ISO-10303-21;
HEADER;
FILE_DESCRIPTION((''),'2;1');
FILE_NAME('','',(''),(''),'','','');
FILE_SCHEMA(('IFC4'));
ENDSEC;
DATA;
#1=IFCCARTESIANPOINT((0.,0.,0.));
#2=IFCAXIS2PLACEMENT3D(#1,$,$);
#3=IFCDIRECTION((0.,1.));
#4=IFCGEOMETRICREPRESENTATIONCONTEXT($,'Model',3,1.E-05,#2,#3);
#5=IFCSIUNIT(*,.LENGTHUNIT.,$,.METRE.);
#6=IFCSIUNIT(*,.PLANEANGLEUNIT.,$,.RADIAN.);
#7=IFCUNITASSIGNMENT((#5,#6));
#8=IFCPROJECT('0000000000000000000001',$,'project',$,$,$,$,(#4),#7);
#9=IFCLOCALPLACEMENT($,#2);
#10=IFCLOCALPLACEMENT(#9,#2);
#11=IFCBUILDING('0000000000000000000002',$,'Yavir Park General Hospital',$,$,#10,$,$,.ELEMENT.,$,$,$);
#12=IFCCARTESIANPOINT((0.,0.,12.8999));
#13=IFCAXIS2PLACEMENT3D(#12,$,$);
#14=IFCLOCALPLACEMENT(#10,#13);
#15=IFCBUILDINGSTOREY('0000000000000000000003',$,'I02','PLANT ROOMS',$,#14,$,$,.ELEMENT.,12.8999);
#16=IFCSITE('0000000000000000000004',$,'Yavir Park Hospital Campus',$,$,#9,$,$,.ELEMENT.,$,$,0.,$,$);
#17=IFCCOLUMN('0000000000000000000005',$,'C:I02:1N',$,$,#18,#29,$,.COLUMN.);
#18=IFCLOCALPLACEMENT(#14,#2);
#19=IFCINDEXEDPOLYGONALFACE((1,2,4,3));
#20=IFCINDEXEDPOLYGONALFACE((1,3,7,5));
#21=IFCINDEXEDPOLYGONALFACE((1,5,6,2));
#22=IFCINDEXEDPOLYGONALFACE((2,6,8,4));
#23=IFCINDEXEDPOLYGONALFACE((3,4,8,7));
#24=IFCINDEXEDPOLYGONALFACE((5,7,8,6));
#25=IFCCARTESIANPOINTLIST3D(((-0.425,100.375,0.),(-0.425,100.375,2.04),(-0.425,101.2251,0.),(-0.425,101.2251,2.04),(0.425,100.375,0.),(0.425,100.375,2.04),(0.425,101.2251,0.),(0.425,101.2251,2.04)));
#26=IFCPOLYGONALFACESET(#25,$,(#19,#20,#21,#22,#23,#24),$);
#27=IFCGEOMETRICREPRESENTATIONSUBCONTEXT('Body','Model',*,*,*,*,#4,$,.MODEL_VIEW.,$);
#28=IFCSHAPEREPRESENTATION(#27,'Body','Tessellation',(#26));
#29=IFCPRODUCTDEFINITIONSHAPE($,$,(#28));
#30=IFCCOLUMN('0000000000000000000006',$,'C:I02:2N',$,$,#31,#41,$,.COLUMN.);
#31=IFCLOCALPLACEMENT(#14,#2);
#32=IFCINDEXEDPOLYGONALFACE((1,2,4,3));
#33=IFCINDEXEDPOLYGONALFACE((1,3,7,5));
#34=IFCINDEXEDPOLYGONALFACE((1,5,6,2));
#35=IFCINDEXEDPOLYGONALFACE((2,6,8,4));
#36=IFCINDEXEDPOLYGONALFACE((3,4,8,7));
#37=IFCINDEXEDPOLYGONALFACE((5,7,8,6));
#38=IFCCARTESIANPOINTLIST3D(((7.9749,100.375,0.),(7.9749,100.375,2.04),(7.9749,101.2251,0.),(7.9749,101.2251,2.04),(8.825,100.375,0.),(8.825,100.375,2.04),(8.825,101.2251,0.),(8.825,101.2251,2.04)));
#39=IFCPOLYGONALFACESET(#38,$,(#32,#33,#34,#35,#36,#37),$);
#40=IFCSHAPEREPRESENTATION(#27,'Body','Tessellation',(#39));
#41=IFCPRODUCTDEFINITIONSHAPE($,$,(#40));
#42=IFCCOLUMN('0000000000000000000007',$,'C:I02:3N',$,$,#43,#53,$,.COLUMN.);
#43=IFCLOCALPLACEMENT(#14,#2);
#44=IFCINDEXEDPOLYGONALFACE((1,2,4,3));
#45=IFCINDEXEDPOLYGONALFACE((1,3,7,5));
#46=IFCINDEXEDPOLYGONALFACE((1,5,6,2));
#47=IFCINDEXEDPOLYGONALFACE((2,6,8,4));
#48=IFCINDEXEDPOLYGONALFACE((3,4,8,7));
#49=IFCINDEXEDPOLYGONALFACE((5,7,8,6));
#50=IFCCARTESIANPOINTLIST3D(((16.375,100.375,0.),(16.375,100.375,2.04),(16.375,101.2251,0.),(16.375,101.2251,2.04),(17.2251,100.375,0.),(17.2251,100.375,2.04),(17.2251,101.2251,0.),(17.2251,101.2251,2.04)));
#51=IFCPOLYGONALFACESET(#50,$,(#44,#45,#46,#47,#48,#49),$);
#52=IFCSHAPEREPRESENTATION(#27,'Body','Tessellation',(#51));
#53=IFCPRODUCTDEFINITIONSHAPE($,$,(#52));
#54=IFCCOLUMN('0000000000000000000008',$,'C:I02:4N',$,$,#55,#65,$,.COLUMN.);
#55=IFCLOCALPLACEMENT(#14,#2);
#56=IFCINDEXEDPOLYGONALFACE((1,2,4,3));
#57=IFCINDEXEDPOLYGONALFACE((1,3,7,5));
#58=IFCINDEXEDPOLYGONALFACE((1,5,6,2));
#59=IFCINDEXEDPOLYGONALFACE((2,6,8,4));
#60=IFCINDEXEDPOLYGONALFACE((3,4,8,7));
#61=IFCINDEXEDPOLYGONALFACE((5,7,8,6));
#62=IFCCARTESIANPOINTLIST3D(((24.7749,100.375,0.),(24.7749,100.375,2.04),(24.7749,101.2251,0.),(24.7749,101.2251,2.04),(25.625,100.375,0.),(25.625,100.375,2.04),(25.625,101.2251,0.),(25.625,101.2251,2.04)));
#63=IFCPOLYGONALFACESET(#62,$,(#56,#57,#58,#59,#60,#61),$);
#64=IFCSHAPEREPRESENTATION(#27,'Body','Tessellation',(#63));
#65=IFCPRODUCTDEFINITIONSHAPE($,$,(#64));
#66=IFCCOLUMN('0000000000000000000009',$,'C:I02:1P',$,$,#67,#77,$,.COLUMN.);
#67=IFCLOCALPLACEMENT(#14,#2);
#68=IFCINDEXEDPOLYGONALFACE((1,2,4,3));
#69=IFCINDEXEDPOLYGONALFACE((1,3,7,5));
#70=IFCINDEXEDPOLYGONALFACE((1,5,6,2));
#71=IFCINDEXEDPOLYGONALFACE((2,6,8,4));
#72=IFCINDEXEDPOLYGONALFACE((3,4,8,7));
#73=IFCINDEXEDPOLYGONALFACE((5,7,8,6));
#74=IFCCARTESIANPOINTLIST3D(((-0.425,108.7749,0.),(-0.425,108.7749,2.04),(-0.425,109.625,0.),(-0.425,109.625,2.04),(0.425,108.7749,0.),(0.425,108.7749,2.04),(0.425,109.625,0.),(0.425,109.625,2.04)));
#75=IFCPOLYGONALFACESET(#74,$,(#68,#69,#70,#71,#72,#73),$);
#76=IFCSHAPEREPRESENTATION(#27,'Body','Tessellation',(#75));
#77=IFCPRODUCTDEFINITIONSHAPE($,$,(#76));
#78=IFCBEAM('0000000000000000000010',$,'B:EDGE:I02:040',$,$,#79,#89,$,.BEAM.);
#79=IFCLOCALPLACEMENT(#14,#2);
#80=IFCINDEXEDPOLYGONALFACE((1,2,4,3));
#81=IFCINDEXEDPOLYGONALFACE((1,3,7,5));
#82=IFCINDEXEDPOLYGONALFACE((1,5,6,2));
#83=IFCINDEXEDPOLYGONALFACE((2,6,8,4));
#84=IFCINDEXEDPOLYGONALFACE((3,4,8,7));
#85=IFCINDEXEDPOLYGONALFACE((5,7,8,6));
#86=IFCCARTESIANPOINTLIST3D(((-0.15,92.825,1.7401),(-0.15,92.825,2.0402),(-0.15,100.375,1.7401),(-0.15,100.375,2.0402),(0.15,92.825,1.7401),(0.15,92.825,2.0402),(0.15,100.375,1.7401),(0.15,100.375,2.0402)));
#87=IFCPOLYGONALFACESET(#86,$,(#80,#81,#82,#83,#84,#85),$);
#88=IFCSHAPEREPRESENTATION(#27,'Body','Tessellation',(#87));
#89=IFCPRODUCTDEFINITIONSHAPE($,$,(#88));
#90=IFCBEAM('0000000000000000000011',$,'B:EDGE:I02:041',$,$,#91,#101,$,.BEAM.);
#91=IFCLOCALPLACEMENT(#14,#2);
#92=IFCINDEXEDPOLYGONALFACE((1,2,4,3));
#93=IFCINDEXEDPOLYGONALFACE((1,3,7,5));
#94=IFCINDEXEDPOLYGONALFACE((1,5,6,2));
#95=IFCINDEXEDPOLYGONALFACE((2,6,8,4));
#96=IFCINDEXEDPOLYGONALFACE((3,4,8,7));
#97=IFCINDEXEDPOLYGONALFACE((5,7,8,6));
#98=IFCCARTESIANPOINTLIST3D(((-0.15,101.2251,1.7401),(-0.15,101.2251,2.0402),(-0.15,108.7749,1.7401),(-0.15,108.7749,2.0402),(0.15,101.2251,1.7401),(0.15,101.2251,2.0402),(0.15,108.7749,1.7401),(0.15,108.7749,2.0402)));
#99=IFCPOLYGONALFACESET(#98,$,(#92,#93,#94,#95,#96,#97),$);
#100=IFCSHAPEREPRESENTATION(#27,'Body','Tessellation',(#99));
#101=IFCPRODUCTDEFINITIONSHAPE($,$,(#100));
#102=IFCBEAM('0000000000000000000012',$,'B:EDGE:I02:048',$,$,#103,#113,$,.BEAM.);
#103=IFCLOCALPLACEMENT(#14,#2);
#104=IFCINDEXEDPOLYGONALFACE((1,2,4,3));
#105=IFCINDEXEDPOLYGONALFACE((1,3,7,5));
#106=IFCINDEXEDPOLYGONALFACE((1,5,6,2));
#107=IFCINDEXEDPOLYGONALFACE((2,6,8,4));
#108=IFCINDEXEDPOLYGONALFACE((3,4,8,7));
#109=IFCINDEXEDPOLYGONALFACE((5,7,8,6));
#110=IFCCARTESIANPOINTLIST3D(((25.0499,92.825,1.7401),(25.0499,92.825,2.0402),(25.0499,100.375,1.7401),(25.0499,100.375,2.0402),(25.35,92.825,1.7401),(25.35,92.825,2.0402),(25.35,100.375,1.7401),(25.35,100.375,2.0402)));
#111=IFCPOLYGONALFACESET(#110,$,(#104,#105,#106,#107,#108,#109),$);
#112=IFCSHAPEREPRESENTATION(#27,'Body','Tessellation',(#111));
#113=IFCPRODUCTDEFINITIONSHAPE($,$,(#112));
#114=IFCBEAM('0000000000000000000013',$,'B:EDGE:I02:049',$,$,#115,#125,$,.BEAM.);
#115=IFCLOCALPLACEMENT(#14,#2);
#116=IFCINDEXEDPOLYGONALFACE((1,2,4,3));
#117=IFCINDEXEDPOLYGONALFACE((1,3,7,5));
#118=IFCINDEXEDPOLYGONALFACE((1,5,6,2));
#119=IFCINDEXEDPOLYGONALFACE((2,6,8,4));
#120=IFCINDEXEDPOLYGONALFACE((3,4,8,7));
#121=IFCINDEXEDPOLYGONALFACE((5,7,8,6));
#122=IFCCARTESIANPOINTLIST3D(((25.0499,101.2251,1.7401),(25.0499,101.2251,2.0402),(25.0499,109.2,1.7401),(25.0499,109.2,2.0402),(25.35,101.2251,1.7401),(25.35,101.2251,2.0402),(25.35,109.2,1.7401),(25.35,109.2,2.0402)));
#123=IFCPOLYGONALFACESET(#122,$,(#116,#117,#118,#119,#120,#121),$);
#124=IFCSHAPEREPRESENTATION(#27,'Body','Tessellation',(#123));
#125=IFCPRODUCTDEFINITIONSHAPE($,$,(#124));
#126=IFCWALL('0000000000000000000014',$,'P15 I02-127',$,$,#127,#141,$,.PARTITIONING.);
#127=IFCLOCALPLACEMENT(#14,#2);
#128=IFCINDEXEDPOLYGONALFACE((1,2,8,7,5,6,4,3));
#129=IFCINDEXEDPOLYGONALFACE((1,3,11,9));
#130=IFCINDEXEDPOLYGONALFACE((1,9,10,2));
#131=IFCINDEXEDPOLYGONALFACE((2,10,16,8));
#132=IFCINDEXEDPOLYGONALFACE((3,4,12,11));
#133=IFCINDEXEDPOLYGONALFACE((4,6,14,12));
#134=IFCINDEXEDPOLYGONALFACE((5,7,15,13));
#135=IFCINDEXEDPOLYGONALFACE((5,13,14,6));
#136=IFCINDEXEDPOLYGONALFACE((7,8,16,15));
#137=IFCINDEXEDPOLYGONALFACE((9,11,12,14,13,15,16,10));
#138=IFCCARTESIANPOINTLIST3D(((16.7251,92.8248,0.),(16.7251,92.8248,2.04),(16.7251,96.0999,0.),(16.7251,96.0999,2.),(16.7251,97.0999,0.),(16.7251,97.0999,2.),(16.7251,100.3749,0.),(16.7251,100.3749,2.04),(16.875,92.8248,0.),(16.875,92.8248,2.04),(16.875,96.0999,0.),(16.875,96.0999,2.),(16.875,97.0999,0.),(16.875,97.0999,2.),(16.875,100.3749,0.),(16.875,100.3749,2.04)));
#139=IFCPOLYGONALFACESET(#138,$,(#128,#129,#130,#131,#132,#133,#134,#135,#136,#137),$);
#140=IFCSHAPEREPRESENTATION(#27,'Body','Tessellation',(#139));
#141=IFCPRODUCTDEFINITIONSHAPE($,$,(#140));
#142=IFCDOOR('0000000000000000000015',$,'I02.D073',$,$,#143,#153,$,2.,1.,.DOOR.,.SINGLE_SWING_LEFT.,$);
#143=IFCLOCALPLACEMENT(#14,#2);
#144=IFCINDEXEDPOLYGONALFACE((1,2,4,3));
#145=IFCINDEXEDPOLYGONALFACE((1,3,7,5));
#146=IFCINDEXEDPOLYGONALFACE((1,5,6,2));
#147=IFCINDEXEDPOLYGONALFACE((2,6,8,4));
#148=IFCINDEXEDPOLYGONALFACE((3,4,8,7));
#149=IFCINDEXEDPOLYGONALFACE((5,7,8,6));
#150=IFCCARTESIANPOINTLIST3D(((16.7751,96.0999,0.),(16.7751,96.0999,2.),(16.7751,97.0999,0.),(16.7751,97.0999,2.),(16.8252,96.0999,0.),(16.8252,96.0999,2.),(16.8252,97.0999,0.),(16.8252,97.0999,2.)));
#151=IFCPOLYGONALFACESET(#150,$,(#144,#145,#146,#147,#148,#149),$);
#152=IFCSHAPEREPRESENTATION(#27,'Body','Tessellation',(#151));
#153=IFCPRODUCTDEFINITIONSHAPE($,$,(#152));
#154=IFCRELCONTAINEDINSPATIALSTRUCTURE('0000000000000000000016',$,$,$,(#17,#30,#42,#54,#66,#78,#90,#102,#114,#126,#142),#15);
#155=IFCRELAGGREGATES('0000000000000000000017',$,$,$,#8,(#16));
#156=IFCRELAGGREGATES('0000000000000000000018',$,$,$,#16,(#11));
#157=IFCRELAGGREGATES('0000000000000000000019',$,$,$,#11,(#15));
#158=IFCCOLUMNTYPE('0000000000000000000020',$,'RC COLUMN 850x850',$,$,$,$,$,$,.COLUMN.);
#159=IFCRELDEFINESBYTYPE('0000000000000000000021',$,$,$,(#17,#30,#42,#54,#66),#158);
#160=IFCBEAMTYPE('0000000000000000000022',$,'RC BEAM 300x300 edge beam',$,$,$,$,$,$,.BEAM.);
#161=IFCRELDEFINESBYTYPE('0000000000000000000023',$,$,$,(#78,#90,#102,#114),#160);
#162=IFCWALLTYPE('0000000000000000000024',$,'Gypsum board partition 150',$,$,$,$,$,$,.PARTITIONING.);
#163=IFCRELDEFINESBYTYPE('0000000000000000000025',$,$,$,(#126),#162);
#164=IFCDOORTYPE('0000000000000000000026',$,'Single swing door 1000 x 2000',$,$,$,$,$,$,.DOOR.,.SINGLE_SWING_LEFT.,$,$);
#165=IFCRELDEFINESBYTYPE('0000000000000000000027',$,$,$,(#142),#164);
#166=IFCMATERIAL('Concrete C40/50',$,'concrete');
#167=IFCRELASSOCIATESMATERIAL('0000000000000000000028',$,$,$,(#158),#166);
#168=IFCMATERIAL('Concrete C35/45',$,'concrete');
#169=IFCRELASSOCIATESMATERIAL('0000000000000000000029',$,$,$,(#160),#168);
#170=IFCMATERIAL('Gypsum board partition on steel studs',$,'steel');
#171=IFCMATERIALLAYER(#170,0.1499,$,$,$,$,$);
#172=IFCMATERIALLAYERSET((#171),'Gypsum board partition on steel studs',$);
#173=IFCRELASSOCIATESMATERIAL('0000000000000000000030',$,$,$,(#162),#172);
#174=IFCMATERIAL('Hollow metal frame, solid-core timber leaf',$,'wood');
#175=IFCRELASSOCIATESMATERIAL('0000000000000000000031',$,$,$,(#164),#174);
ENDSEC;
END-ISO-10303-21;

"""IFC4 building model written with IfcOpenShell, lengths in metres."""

from ifc_helpers import new_model, si_unit, direction, frame, frame_2d, origin, origin_2d, place, context, subcontext, project, spatial, rectangle, extrude, material, layer, layer_set, material_profile, profile_set, type_object, element, fill, save


model = new_model("IFC4")

# Units and contexts
model_context = context("Model", 3, precision=1e-05, world=origin(), true_north=direction((0.0, 1.0)))
body_context = subcontext(model_context, "Body", "Model", "MODEL_VIEW")
ifc_project = project(units=[si_unit("LENGTHUNIT", "METRE"), si_unit("PLANEANGLEUNIT", "RADIAN")], contexts=[model_context])

# Site, building, storey
site_placement = place(None, origin())
site = spatial("IfcSite", under=ifc_project, at=site_placement, Name="Yavir Park Hospital Campus", CompositionType="ELEMENT", RefElevation=0.0)
building_placement = place(site_placement, origin())
building = spatial("IfcBuilding", under=site, at=building_placement, Name="Yavir Park General Hospital", CompositionType="ELEMENT")
storey_placement = place(building_placement, frame((0.0, 0.0, 12.8999)))
storey = spatial("IfcBuildingStorey", under=building, at=storey_placement, Name="I02", Description="PLANT ROOMS", CompositionType="ELEMENT", Elevation=12.8999)

# Columns
ifc_material_1 = material(Name="Concrete C40/50", Category="concrete")
ifc_material_profile_1 = material_profile(ifc_material_1, rectangle(XDim=0.8501, YDim=0.8501, at=origin_2d()), Name="RC850x850")
ifc_profile_set_1 = profile_set([ifc_material_profile_1], Name="Concrete C40/50")
column_type = type_object("IfcColumnType", Name="RC COLUMN 850x850", PredefinedType="COLUMN", material=ifc_profile_set_1)
for number, where, z_axis, x_axis, name in (
    (1, (0.0, 100.8, 0.0), (0.0, 0.0, 1.0), (1.0, 0.0, 0.0), "C:I02:1N"),
    (2, (8.3999, 100.8, 0.0), (0.0, 0.0, 1.0), (1.0, 0.0, 0.0), "C:I02:2N"),
    (3, (16.8, 100.8, 0.0), (0.0, 0.0, 1.0), (1.0, 0.0, 0.0), "C:I02:3N"),
    (4, (25.2, 100.8, 0.0), (0.0, 0.0, 1.0), (1.0, 0.0, 0.0), "C:I02:4N"),
    (5, (0.0, 109.2, 0.0), (0.0, 0.0, 1.0), (1.0, 0.0, 0.0), "C:I02:1P"),
):
    element("IfcColumn", number, at=place(storey_placement, frame(where, z_axis=z_axis, x_axis=x_axis)), inside=storey, type_object=column_type, Name=name, PredefinedType="COLUMN", context=body_context, shape_type="SweptSolid", body=[
        extrude(rectangle(XDim=0.8501, YDim=0.8501, at=origin_2d()), origin(), (0.0, 0.0, 1.0), 2.04),
    ])

# Beams
ifc_material_2 = material(Name="Concrete C35/45", Category="concrete")
ifc_material_profile_2 = material_profile(ifc_material_2, rectangle(XDim=0.3, YDim=0.3, at=origin_2d()), Name="RC300x300")
ifc_profile_set_2 = profile_set([ifc_material_profile_2], Name="Concrete C35/45")
beam_type = type_object("IfcBeamType", Name="RC BEAM 300x300 edge beam", PredefinedType="BEAM", material=ifc_profile_set_2)
beam_1_placement = place(storey_placement, frame((0.0, 92.825, 1.8901), z_axis=(0.0, 1.0, 0.0), x_axis=(-1.0, 0.0, 0.0)))
element("IfcBeam", 6, at=beam_1_placement, inside=storey, type_object=beam_type, Name="B:EDGE:I02:040", PredefinedType="BEAM", context=body_context, shape_type="SweptSolid", body=[
    extrude(rectangle(XDim=0.3, YDim=0.3, at=origin_2d()), origin(), (0.0, 0.0, 1.0), 7.55),
])
beam_2_placement = place(storey_placement, frame((0.0, 101.2251, 1.8901), z_axis=(0.0, 1.0, 0.0), x_axis=(-1.0, 0.0, 0.0)))
element("IfcBeam", 7, at=beam_2_placement, inside=storey, type_object=beam_type, Name="B:EDGE:I02:041", PredefinedType="BEAM", context=body_context, shape_type="SweptSolid", body=[
    extrude(rectangle(XDim=0.3, YDim=0.3, at=origin_2d()), origin(), (0.0, 0.0, 1.0), 7.5498),
])
beam_3_placement = place(storey_placement, frame((25.2, 92.825, 1.8901), z_axis=(0.0, 1.0, 0.0), x_axis=(-1.0, 0.0, 0.0)))
element("IfcBeam", 8, at=beam_3_placement, inside=storey, type_object=beam_type, Name="B:EDGE:I02:048", PredefinedType="BEAM", context=body_context, shape_type="SweptSolid", body=[
    extrude(rectangle(XDim=0.3, YDim=0.3, at=origin_2d()), origin(), (0.0, 0.0, 1.0), 7.55),
])
beam_4_placement = place(storey_placement, frame((25.2, 101.2251, 1.8901), z_axis=(0.0, 1.0, 0.0), x_axis=(-1.0, 0.0, 0.0)))
element("IfcBeam", 9, at=beam_4_placement, inside=storey, type_object=beam_type, Name="B:EDGE:I02:049", PredefinedType="BEAM", context=body_context, shape_type="SweptSolid", body=[
    extrude(rectangle(XDim=0.3, YDim=0.3, at=origin_2d()), origin(), (0.0, 0.0, 1.0), 7.9749),
])

# Wall, opening, door
ifc_material_3 = material(Name="Gypsum board partition on steel studs", Category="steel")
ifc_layer_1 = layer(ifc_material_3, 0.1499)
ifc_layer_set_1 = layer_set([ifc_layer_1], Name="Gypsum board partition on steel studs")
wall_type_1 = type_object("IfcWallType", Name="Gypsum board partition 150", PredefinedType="PARTITIONING", material=ifc_layer_set_1)
wall_1_placement = place(storey_placement, frame((16.8, 92.825, 0.0), z_axis=(0.0, 0.0, 1.0), x_axis=(0.0, 1.0, 0.0)))
wall_1 = element("IfcWall", 10, at=wall_1_placement, inside=storey, type_object=wall_type_1, Name="P15 I02-127", PredefinedType="PARTITIONING", context=body_context, shape_type="SweptSolid", body=[
    extrude(rectangle(XDim=7.55, YDim=0.1499, at=frame_2d((3.7749, 0.0))), origin(), (0.0, 0.0, 1.0), 2.04),
])
opening_1_placement = place(wall_1_placement, frame((3.2749, 0.0, 0.0)))
opening_1 = element("IfcOpeningElement", 11, at=opening_1_placement, cuts=wall_1, PredefinedType="OPENING", context=body_context, shape_type="SweptSolid", body=[
    extrude(rectangle(XDim=1.0, YDim=2.0, at=frame_2d((0.5, 1.0))), frame((0.0, 0.085, 0.0), z_axis=(0.0, -1.0, 0.0), x_axis=(1.0, 0.0, 0.0)), (0.0, 0.0, 1.0), 0.1699),
])
ifc_material_4 = material(Name="Hollow metal frame, solid-core timber leaf", Category="wood")
door_type = type_object("IfcDoorType", Name="Single swing door 1000 x 2000", OperationType="SINGLE_SWING_LEFT", PredefinedType="DOOR", material=ifc_material_4)
door_1_placement = place(opening_1_placement, origin())
door_1 = element("IfcDoor", 12, at=door_1_placement, inside=storey, type_object=door_type, Name="I02.D073", OperationType="SINGLE_SWING_LEFT", OverallHeight=2.0, OverallWidth=1.0, PredefinedType="DOOR", context=body_context, shape_type="SweptSolid", body=[
    extrude(rectangle(XDim=1.0, YDim=2.0, at=frame_2d((0.5, 1.0))), frame((0.0, 0.0249, 0.0), z_axis=(0.0, -1.0, 0.0), x_axis=(1.0, 0.0, 0.0)), (0.0, 0.0, 1.0), 0.05),
])
fill(opening_1, door_1)

save(model, "model.ifc")
